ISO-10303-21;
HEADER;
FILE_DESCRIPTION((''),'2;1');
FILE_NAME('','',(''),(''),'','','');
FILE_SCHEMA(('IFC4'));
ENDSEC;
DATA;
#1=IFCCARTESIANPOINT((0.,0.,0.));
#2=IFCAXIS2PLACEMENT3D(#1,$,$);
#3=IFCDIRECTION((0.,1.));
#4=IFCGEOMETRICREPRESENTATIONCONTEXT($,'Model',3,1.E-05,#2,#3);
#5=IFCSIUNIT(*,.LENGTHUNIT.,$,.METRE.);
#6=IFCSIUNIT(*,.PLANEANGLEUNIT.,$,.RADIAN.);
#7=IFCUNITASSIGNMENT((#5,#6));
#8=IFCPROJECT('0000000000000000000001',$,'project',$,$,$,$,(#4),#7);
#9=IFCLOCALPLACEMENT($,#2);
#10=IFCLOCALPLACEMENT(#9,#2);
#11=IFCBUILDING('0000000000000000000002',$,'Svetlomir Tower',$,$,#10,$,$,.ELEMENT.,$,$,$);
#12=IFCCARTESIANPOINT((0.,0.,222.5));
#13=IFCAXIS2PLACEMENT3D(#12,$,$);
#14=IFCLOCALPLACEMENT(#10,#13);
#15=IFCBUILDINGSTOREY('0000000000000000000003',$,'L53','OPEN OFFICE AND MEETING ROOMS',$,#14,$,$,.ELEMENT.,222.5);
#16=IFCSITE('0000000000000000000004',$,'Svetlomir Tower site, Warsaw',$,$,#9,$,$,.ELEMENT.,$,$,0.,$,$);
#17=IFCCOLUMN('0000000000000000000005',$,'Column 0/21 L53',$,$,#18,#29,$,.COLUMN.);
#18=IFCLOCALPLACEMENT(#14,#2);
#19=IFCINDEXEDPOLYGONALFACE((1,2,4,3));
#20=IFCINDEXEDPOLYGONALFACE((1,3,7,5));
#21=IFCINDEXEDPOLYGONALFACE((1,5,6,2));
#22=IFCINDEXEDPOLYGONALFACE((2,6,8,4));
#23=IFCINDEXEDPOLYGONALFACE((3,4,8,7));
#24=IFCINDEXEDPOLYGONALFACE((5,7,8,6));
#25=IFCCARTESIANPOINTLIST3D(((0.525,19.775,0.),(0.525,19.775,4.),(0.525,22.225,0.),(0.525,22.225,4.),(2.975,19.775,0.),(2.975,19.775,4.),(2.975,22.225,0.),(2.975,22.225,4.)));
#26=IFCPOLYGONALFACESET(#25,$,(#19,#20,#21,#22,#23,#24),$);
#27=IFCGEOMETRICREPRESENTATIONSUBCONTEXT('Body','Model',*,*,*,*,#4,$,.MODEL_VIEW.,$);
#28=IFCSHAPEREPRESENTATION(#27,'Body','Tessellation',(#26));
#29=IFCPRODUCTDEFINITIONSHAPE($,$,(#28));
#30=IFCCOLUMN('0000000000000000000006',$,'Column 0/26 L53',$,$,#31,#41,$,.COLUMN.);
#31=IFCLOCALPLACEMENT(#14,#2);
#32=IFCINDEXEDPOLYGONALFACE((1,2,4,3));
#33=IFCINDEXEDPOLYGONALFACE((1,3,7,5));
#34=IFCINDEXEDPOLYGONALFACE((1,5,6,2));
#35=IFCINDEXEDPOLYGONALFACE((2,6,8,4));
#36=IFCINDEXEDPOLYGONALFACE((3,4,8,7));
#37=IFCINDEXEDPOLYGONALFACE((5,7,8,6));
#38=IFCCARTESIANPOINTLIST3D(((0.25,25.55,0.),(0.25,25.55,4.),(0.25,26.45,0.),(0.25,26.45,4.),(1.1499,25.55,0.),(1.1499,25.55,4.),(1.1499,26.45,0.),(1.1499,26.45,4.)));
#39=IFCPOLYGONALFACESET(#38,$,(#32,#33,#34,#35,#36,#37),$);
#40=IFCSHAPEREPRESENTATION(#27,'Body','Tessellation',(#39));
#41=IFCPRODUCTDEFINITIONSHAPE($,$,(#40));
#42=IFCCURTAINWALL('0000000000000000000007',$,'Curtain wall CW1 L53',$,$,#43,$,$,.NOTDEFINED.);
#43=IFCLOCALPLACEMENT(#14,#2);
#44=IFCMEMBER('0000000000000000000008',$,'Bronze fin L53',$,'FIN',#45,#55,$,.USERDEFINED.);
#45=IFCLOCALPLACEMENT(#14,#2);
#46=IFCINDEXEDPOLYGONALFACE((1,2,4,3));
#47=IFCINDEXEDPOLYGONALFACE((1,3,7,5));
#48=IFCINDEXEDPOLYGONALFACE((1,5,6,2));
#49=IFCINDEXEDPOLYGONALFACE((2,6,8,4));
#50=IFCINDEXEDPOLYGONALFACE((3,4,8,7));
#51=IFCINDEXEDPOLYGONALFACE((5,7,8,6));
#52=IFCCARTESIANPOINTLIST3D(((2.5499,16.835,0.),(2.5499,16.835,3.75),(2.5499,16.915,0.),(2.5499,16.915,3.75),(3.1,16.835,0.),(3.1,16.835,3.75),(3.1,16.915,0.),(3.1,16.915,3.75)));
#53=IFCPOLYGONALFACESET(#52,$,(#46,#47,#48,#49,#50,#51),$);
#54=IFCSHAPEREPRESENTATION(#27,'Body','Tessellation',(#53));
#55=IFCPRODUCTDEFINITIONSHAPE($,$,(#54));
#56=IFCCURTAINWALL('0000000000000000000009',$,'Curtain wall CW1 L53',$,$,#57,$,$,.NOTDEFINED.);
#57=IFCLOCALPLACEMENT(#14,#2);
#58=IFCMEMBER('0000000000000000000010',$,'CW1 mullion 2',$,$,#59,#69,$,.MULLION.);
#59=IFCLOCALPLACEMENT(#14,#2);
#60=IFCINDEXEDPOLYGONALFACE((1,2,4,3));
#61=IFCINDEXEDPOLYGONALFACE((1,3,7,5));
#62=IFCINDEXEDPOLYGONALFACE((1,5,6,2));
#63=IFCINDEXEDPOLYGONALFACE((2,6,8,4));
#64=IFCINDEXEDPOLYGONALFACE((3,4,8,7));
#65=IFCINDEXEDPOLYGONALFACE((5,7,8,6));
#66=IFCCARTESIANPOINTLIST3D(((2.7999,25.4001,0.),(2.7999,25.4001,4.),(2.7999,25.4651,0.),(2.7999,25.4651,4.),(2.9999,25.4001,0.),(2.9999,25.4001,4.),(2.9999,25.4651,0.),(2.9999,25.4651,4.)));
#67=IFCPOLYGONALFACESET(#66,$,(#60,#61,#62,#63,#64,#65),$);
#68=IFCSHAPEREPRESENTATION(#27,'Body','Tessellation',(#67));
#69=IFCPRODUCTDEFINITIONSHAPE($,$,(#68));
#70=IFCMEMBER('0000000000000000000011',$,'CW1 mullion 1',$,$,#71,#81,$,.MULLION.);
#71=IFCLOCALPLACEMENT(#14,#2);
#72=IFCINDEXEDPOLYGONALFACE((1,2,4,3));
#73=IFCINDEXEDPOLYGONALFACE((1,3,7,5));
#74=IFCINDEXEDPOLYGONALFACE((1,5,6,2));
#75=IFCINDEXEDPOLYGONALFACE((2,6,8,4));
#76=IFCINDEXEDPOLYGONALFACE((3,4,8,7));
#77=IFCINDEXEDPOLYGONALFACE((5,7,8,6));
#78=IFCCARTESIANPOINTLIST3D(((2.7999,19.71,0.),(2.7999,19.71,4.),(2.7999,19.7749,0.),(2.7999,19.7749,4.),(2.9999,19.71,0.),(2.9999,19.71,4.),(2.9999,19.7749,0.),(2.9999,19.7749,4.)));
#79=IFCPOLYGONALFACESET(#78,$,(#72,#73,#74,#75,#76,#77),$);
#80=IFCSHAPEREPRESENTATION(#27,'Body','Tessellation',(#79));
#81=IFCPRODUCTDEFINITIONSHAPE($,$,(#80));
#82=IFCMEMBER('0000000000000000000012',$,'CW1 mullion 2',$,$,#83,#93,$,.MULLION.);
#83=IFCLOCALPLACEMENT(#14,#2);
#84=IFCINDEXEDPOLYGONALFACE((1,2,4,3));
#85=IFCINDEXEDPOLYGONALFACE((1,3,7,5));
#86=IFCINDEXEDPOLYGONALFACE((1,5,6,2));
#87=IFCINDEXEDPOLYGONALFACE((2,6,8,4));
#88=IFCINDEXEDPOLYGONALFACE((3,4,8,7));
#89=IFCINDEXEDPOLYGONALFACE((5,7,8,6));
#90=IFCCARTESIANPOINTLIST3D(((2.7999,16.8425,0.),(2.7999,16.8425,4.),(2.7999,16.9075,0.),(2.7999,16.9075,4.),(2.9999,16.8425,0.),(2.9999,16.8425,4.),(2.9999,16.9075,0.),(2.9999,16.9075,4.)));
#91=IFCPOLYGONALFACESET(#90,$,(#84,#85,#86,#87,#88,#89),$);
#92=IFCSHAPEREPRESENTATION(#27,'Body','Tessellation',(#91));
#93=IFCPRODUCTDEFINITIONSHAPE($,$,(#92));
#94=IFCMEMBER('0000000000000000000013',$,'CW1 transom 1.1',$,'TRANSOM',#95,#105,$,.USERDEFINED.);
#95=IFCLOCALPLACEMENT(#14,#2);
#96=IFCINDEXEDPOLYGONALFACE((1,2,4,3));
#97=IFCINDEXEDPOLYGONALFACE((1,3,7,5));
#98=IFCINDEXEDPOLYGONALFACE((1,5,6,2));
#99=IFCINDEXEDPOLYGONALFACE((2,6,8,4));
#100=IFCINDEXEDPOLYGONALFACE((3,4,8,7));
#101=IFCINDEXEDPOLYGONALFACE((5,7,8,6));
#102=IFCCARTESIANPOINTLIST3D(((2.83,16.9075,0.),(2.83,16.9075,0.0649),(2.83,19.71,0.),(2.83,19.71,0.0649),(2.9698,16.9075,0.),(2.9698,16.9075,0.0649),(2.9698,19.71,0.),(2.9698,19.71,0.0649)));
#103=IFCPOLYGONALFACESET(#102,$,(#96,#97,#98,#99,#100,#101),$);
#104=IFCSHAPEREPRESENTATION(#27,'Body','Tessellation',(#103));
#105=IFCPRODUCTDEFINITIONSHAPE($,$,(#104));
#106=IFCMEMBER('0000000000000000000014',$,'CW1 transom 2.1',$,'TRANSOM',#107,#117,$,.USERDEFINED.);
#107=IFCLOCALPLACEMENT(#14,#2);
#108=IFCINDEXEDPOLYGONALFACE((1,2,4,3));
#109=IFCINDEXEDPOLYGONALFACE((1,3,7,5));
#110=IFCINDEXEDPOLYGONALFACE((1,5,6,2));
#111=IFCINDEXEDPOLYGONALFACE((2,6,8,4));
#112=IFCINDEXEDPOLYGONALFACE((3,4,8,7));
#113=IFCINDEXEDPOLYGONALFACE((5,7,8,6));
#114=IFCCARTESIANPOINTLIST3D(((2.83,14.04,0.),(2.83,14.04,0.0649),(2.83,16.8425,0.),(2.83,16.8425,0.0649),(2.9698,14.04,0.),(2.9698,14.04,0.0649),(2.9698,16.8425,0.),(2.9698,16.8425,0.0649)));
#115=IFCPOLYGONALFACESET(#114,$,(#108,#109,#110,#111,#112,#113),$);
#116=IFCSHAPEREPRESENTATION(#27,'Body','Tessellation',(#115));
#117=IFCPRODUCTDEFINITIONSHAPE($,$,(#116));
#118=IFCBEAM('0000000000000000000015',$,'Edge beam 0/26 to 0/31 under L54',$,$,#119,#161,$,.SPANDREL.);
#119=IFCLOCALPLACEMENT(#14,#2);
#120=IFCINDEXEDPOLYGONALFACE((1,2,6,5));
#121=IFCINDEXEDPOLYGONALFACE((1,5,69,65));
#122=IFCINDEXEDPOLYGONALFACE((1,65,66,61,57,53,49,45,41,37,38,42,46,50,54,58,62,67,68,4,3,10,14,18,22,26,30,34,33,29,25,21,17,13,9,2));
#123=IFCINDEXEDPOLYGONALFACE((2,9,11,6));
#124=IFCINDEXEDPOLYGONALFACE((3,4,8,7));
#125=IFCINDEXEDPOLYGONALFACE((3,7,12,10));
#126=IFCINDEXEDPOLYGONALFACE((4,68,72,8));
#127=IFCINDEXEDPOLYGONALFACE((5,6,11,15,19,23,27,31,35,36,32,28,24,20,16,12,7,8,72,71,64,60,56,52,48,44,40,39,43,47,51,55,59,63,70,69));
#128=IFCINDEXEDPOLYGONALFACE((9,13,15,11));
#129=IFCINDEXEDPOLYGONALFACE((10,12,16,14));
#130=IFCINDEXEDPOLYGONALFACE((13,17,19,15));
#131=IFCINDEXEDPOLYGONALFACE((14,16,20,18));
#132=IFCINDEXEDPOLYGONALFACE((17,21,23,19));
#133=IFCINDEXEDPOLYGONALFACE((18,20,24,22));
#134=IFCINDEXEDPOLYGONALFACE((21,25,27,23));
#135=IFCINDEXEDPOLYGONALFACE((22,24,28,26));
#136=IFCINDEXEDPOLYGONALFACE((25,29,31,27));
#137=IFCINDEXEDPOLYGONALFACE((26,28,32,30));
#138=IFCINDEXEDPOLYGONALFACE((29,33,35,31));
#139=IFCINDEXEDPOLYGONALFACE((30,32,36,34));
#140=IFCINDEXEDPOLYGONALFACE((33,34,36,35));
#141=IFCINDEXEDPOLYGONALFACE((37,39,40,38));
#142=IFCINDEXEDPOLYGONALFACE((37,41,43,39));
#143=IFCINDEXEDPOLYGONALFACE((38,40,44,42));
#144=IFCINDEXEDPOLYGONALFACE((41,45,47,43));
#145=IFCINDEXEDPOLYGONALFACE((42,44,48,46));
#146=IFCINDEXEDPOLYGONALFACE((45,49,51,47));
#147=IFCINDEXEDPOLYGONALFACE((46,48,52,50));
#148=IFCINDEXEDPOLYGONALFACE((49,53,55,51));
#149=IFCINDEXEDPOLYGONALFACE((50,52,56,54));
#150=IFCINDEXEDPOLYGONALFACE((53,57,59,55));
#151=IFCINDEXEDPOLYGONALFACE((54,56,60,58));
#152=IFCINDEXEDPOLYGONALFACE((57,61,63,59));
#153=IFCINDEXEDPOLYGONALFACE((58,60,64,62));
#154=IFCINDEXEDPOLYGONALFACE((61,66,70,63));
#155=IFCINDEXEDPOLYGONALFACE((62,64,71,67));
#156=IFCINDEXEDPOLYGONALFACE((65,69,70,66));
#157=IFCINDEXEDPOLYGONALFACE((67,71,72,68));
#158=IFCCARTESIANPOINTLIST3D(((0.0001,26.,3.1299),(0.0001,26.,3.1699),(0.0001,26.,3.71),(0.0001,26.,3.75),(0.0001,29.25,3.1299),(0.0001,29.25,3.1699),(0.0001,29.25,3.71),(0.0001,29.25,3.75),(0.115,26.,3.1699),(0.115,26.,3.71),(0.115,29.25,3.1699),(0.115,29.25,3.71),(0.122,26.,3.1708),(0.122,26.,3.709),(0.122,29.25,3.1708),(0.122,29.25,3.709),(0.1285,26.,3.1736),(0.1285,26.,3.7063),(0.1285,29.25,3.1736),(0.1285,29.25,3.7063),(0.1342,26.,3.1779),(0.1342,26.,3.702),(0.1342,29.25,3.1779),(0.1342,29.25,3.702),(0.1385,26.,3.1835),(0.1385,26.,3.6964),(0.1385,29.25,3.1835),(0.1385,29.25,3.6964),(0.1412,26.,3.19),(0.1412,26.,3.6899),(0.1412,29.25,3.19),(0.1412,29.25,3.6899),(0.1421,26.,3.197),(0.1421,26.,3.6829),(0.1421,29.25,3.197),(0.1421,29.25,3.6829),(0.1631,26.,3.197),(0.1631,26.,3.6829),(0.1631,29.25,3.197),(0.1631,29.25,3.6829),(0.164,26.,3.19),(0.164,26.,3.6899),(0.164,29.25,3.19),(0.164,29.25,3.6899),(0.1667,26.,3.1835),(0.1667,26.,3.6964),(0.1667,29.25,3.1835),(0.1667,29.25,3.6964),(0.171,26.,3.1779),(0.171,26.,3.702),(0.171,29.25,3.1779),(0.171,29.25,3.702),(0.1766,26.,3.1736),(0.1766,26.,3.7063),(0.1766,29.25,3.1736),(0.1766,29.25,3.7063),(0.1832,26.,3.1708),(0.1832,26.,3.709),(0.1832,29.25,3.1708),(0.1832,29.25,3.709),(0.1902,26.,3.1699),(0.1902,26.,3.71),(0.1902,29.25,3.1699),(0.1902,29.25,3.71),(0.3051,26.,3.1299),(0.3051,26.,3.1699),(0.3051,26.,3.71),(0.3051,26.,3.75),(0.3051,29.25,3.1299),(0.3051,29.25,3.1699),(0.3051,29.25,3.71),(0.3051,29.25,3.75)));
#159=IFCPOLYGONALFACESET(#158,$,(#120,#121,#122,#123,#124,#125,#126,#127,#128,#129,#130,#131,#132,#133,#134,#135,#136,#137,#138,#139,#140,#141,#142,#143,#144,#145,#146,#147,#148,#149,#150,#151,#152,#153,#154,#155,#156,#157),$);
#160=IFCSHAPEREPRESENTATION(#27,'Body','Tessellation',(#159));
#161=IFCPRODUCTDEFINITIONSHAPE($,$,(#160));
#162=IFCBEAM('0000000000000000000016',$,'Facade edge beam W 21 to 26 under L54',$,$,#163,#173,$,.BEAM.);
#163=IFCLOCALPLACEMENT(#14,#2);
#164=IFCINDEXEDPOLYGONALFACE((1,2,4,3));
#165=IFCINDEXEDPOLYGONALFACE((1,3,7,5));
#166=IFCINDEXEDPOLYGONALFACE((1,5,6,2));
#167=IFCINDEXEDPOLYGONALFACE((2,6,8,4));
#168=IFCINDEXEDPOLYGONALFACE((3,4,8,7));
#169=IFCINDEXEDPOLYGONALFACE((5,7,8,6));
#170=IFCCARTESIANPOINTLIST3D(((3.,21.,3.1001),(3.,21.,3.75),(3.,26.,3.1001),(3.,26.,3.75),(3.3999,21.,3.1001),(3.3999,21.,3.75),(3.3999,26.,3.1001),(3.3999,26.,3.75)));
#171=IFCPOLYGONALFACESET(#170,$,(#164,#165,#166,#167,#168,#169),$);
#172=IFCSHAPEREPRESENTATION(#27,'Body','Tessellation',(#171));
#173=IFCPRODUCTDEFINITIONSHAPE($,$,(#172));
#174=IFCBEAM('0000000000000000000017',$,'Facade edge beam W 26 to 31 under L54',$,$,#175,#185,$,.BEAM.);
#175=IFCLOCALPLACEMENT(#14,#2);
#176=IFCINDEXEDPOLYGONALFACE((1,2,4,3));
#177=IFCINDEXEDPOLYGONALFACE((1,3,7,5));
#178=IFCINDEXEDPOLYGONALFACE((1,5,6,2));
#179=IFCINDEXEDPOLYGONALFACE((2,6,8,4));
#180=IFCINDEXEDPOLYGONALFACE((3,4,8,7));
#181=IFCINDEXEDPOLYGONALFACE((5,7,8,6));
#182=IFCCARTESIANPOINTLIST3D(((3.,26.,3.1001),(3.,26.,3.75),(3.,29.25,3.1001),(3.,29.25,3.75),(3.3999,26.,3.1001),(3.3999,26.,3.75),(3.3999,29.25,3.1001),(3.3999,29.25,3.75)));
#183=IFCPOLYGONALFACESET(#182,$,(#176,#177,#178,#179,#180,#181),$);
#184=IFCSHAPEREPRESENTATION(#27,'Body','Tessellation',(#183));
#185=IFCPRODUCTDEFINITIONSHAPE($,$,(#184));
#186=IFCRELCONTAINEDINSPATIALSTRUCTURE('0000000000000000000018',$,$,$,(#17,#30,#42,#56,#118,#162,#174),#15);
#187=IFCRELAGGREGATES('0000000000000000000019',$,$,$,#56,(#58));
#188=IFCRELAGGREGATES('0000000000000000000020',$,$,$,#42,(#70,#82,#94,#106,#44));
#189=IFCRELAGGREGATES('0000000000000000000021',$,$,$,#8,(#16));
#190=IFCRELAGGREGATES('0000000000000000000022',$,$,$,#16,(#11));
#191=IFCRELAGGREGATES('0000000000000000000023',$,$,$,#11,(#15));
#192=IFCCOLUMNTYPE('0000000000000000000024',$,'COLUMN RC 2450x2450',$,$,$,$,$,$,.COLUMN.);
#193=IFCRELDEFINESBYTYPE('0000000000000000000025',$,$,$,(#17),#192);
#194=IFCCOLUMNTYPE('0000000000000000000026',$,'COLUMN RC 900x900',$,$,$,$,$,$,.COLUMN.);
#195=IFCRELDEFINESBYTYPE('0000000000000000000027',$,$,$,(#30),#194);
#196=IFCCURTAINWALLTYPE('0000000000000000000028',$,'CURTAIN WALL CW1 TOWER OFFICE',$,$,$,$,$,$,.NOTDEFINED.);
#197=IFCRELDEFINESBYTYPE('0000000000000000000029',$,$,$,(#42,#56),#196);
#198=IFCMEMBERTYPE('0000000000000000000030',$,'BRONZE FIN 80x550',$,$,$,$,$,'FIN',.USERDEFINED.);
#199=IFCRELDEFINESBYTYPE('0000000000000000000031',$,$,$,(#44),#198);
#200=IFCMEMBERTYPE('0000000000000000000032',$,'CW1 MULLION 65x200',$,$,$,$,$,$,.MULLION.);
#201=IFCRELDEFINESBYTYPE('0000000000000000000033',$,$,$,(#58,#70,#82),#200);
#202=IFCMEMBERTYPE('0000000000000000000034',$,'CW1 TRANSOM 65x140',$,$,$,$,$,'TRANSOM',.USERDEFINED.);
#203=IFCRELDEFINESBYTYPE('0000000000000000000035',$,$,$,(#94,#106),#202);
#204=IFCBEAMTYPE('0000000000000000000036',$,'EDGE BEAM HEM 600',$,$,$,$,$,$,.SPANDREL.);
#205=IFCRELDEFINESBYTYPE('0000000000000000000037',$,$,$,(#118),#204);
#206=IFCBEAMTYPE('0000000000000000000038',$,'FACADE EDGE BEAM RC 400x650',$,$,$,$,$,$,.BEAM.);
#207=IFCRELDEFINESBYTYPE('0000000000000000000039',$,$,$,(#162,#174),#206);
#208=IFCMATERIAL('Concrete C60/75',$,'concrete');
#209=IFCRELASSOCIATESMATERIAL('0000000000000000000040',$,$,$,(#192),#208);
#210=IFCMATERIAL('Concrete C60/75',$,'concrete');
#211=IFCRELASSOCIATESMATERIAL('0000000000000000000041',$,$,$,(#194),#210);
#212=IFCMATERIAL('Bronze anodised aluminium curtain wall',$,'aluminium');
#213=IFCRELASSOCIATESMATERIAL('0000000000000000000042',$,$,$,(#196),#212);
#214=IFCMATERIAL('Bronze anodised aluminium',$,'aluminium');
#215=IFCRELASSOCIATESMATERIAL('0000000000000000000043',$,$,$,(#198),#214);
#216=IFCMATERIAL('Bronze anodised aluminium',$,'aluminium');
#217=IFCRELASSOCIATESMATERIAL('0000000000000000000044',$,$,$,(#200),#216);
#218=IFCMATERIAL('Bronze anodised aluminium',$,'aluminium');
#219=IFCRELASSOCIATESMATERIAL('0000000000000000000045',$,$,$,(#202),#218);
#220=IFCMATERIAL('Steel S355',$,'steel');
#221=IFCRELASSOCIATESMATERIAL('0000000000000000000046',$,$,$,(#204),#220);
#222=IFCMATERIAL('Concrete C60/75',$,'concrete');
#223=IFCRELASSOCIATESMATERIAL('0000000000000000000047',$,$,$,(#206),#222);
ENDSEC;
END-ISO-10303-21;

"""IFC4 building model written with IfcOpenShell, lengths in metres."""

from ifc_helpers import new_model, si_unit, direction, frame, origin, origin_2d, place, context, subcontext, project, spatial, rectangle, i_section, extrude, material, material_profile, profile_set, type_object, element, aggregate, save


model = new_model("IFC4")

# Units and contexts
model_context = context("Model", 3, precision=1e-05, world=origin(), true_north=direction((0.0, 1.0)))
body_context = subcontext(model_context, "Body", "Model", "MODEL_VIEW")
ifc_project = project(units=[si_unit("LENGTHUNIT", "METRE"), si_unit("PLANEANGLEUNIT", "RADIAN")], contexts=[model_context])

# Site, building, storey
site_placement = place(None, origin())
site = spatial("IfcSite", under=ifc_project, at=site_placement, Name="Svetlomir Tower site, Warsaw", CompositionType="ELEMENT", RefElevation=0.0)
building_placement = place(site_placement, origin())
building = spatial("IfcBuilding", under=site, at=building_placement, Name="Svetlomir Tower", CompositionType="ELEMENT")
storey_placement = place(building_placement, frame((0.0, 0.0, 222.5)))
storey = spatial("IfcBuildingStorey", under=building, at=storey_placement, Name="L53", Description="OPEN OFFICE AND MEETING ROOMS", CompositionType="ELEMENT", Elevation=222.5)

# Columns
ifc_material_1 = material(Name="Concrete C60/75", Category="concrete")
ifc_material_profile_1 = material_profile(ifc_material_1, rectangle(XDim=2.45, YDim=2.45, at=origin_2d()), Name="RC 2450x2450")
ifc_profile_set_1 = profile_set([ifc_material_profile_1], Name="Concrete C60/75")
column_type_1 = type_object("IfcColumnType", Name="COLUMN RC 2450x2450", PredefinedType="COLUMN", material=ifc_profile_set_1)
column_1_placement = place(storey_placement, frame((1.75, 21.0, 0.0), z_axis=(0.0, 0.0, 1.0), x_axis=(1.0, 0.0, 0.0)))
element("IfcColumn", 1, at=column_1_placement, inside=storey, type_object=column_type_1, Name="Column 0/21 L53", PredefinedType="COLUMN", context=body_context, shape_type="SweptSolid", body=[
    extrude(rectangle(XDim=2.45, YDim=2.45, at=origin_2d()), origin(), (0.0, 0.0, 1.0), 4.0),
])
ifc_material_2 = material(Name="Concrete C60/75", Category="concrete")
ifc_material_profile_2 = material_profile(ifc_material_2, rectangle(XDim=0.8999, YDim=0.8999, at=origin_2d()), Name="RC 900x900")
ifc_profile_set_2 = profile_set([ifc_material_profile_2], Name="Concrete C60/75")
column_type_2 = type_object("IfcColumnType", Name="COLUMN RC 900x900", PredefinedType="COLUMN", material=ifc_profile_set_2)
column_2_placement = place(storey_placement, frame((0.7, 26.0, 0.0), z_axis=(0.0, 0.0, 1.0), x_axis=(1.0, 0.0, 0.0)))
element("IfcColumn", 2, at=column_2_placement, inside=storey, type_object=column_type_2, Name="Column 0/26 L53", PredefinedType="COLUMN", context=body_context, shape_type="SweptSolid", body=[
    extrude(rectangle(XDim=0.8999, YDim=0.8999, at=origin_2d()), origin(), (0.0, 0.0, 1.0), 4.0),
])

# Curtain walls, members
ifc_material_3 = material(Name="Bronze anodised aluminium curtain wall", Category="aluminium")
curtain_wall_type = type_object("IfcCurtainWallType", Name="CURTAIN WALL CW1 TOWER OFFICE", PredefinedType="NOTDEFINED", material=ifc_material_3)
curtain_wall_1_placement = place(storey_placement, origin())
curtain_wall_1 = element("IfcCurtainWall", 3, at=curtain_wall_1_placement, inside=storey, type_object=curtain_wall_type, Name="Curtain wall CW1 L53", PredefinedType="NOTDEFINED")
ifc_material_4 = material(Name="Bronze anodised aluminium", Category="aluminium")
ifc_material_profile_3 = material_profile(ifc_material_4, rectangle(XDim=0.0801, YDim=0.55, at=origin_2d()), Name="FIN 80x550")
ifc_profile_set_3 = profile_set([ifc_material_profile_3], Name="Bronze anodised aluminium 6063-T6")
member_type_1 = type_object("IfcMemberType", Name="BRONZE FIN 80x550", ElementType="FIN", PredefinedType="USERDEFINED", material=ifc_profile_set_3)
member_1_placement = place(storey_placement, frame((2.825, 16.875, 0.0), z_axis=(0.0, 0.0, 1.0), x_axis=(0.0, 1.0, 0.0)))
member_1 = element("IfcMember", 4, at=member_1_placement, type_object=member_type_1, Name="Bronze fin L53", ObjectType="FIN", PredefinedType="USERDEFINED", context=body_context, shape_type="SweptSolid", body=[
    extrude(rectangle(XDim=0.0801, YDim=0.55, at=origin_2d()), origin(), (0.0, 0.0, 1.0), 3.75),
])
curtain_wall_2_placement = place(storey_placement, origin())
curtain_wall_2 = element("IfcCurtainWall", 5, at=curtain_wall_2_placement, inside=storey, type_object=curtain_wall_type, Name="Curtain wall CW1 L53", PredefinedType="NOTDEFINED")
ifc_material_5 = material(Name="Bronze anodised aluminium", Category="aluminium")
ifc_material_profile_4 = material_profile(ifc_material_5, rectangle(XDim=0.0649, YDim=0.2, at=origin_2d()), Name="AL 65x200")
ifc_profile_set_4 = profile_set([ifc_material_profile_4], Name="Bronze anodised aluminium 6063-T6")
member_type_2 = type_object("IfcMemberType", Name="CW1 MULLION 65x200", PredefinedType="MULLION", material=ifc_profile_set_4)
member_2_placement = place(storey_placement, frame((2.8999, 25.4326, 0.0), z_axis=(0.0, 0.0, 1.0), x_axis=(0.0, -1.0, 0.0)))
member_2 = element("IfcMember", 6, at=member_2_placement, type_object=member_type_2, Name="CW1 mullion 2", PredefinedType="MULLION", context=body_context, shape_type="SweptSolid", body=[
    extrude(rectangle(XDim=0.0649, YDim=0.2, at=origin_2d()), origin(), (0.0, 0.0, 1.0), 4.0),
])
aggregate(curtain_wall_2, [member_2])

# Members
member_3_placement = place(storey_placement, frame((2.8999, 19.7424, 0.0), z_axis=(0.0, 0.0, 1.0), x_axis=(0.0, -1.0, 0.0)))
member_3 = element("IfcMember", 7, at=member_3_placement, type_object=member_type_2, Name="CW1 mullion 1", PredefinedType="MULLION", context=body_context, shape_type="SweptSolid", body=[
    extrude(rectangle(XDim=0.0649, YDim=0.2, at=origin_2d()), origin(), (0.0, 0.0, 1.0), 4.0),
])
member_4_placement = place(storey_placement, frame((2.8999, 16.875, 0.0), z_axis=(0.0, 0.0, 1.0), x_axis=(0.0, -1.0, 0.0)))
member_4 = element("IfcMember", 8, at=member_4_placement, type_object=member_type_2, Name="CW1 mullion 2", PredefinedType="MULLION", context=body_context, shape_type="SweptSolid", body=[
    extrude(rectangle(XDim=0.0649, YDim=0.2, at=origin_2d()), origin(), (0.0, 0.0, 1.0), 4.0),
])
ifc_material_6 = material(Name="Bronze anodised aluminium", Category="aluminium")
ifc_material_profile_5 = material_profile(ifc_material_6, rectangle(XDim=0.1399, YDim=0.0649, at=origin_2d()), Name="AL 140x65")
ifc_profile_set_5 = profile_set([ifc_material_profile_5], Name="Bronze anodised aluminium 6063-T6")
member_type_3 = type_object("IfcMemberType", Name="CW1 TRANSOM 65x140", ElementType="TRANSOM", PredefinedType="USERDEFINED", material=ifc_profile_set_5)
member_5_placement = place(storey_placement, frame((2.8999, 19.71, 0.0325), z_axis=(0.0, -1.0, 0.0), x_axis=(1.0, 0.0, 0.0)))
member_5 = element("IfcMember", 9, at=member_5_placement, type_object=member_type_3, Name="CW1 transom 1.1", ObjectType="TRANSOM", PredefinedType="USERDEFINED", context=body_context, shape_type="SweptSolid", body=[
    extrude(rectangle(XDim=0.1399, YDim=0.0649, at=origin_2d()), origin(), (0.0, 0.0, 1.0), 2.8025),
])
member_6_placement = place(storey_placement, frame((2.8999, 16.8425, 0.0325), z_axis=(0.0, -1.0, 0.0), x_axis=(1.0, 0.0, 0.0)))
member_6 = element("IfcMember", 10, at=member_6_placement, type_object=member_type_3, Name="CW1 transom 2.1", ObjectType="TRANSOM", PredefinedType="USERDEFINED", context=body_context, shape_type="SweptSolid", body=[
    extrude(rectangle(XDim=0.1399, YDim=0.0649, at=origin_2d()), origin(), (0.0, 0.0, 1.0), 2.8025),
])

# Beams
ifc_material_7 = material(Name="Steel S355", Category="steel")
ifc_material_profile_6 = material_profile(ifc_material_7, i_section(OverallWidth=0.3049, OverallDepth=0.6201, WebThickness=0.021, FlangeThickness=0.04, FilletRadius=0.0271, at=origin_2d()), Name="HEM 600")
ifc_profile_set_6 = profile_set([ifc_material_profile_6], Name="Steel S355")
beam_type_1 = type_object("IfcBeamType", Name="EDGE BEAM HEM 600", PredefinedType="SPANDREL", material=ifc_profile_set_6)
beam_1_placement = place(storey_placement, frame((0.1526, 26.0, 3.4399), z_axis=(0.0, 1.0, 0.0), x_axis=(-1.0, 0.0, 0.0)))
element("IfcBeam", 11, at=beam_1_placement, inside=storey, type_object=beam_type_1, Name="Edge beam 0/26 to 0/31 under L54", PredefinedType="SPANDREL", context=body_context, shape_type="SweptSolid", body=[
    extrude(i_section(OverallWidth=0.3049, OverallDepth=0.6201, WebThickness=0.021, FlangeThickness=0.04, FilletRadius=0.0271, at=origin_2d()), origin(), (0.0, 0.0, 1.0), 3.25),
])
ifc_material_8 = material(Name="Concrete C60/75", Category="concrete")
ifc_material_profile_7 = material_profile(ifc_material_8, rectangle(XDim=0.3999, YDim=0.6499, at=origin_2d()), Name="RC 400x650")
ifc_profile_set_7 = profile_set([ifc_material_profile_7], Name="Concrete C60/75")
beam_type_2 = type_object("IfcBeamType", Name="FACADE EDGE BEAM RC 400x650", PredefinedType="BEAM", material=ifc_profile_set_7)
beam_2_placement = place(storey_placement, frame((3.2, 21.0, 3.425), z_axis=(0.0, 1.0, 0.0), x_axis=(-1.0, 0.0, 0.0)))
element("IfcBeam", 12, at=beam_2_placement, inside=storey, type_object=beam_type_2, Name="Facade edge beam W 21 to 26 under L54", PredefinedType="BEAM", context=body_context, shape_type="SweptSolid", body=[
    extrude(rectangle(XDim=0.3999, YDim=0.6499, at=origin_2d()), origin(), (0.0, 0.0, 1.0), 5.0),
])
beam_3_placement = place(storey_placement, frame((3.2, 26.0, 3.425), z_axis=(0.0, 1.0, 0.0), x_axis=(-1.0, 0.0, 0.0)))
element("IfcBeam", 13, at=beam_3_placement, inside=storey, type_object=beam_type_2, Name="Facade edge beam W 26 to 31 under L54", PredefinedType="BEAM", context=body_context, shape_type="SweptSolid", body=[
    extrude(rectangle(XDim=0.3999, YDim=0.6499, at=origin_2d()), origin(), (0.0, 0.0, 1.0), 3.25),
])

aggregate(curtain_wall_1, [member_3, member_4, member_5, member_6, member_1])

save(model, "model.ifc")
